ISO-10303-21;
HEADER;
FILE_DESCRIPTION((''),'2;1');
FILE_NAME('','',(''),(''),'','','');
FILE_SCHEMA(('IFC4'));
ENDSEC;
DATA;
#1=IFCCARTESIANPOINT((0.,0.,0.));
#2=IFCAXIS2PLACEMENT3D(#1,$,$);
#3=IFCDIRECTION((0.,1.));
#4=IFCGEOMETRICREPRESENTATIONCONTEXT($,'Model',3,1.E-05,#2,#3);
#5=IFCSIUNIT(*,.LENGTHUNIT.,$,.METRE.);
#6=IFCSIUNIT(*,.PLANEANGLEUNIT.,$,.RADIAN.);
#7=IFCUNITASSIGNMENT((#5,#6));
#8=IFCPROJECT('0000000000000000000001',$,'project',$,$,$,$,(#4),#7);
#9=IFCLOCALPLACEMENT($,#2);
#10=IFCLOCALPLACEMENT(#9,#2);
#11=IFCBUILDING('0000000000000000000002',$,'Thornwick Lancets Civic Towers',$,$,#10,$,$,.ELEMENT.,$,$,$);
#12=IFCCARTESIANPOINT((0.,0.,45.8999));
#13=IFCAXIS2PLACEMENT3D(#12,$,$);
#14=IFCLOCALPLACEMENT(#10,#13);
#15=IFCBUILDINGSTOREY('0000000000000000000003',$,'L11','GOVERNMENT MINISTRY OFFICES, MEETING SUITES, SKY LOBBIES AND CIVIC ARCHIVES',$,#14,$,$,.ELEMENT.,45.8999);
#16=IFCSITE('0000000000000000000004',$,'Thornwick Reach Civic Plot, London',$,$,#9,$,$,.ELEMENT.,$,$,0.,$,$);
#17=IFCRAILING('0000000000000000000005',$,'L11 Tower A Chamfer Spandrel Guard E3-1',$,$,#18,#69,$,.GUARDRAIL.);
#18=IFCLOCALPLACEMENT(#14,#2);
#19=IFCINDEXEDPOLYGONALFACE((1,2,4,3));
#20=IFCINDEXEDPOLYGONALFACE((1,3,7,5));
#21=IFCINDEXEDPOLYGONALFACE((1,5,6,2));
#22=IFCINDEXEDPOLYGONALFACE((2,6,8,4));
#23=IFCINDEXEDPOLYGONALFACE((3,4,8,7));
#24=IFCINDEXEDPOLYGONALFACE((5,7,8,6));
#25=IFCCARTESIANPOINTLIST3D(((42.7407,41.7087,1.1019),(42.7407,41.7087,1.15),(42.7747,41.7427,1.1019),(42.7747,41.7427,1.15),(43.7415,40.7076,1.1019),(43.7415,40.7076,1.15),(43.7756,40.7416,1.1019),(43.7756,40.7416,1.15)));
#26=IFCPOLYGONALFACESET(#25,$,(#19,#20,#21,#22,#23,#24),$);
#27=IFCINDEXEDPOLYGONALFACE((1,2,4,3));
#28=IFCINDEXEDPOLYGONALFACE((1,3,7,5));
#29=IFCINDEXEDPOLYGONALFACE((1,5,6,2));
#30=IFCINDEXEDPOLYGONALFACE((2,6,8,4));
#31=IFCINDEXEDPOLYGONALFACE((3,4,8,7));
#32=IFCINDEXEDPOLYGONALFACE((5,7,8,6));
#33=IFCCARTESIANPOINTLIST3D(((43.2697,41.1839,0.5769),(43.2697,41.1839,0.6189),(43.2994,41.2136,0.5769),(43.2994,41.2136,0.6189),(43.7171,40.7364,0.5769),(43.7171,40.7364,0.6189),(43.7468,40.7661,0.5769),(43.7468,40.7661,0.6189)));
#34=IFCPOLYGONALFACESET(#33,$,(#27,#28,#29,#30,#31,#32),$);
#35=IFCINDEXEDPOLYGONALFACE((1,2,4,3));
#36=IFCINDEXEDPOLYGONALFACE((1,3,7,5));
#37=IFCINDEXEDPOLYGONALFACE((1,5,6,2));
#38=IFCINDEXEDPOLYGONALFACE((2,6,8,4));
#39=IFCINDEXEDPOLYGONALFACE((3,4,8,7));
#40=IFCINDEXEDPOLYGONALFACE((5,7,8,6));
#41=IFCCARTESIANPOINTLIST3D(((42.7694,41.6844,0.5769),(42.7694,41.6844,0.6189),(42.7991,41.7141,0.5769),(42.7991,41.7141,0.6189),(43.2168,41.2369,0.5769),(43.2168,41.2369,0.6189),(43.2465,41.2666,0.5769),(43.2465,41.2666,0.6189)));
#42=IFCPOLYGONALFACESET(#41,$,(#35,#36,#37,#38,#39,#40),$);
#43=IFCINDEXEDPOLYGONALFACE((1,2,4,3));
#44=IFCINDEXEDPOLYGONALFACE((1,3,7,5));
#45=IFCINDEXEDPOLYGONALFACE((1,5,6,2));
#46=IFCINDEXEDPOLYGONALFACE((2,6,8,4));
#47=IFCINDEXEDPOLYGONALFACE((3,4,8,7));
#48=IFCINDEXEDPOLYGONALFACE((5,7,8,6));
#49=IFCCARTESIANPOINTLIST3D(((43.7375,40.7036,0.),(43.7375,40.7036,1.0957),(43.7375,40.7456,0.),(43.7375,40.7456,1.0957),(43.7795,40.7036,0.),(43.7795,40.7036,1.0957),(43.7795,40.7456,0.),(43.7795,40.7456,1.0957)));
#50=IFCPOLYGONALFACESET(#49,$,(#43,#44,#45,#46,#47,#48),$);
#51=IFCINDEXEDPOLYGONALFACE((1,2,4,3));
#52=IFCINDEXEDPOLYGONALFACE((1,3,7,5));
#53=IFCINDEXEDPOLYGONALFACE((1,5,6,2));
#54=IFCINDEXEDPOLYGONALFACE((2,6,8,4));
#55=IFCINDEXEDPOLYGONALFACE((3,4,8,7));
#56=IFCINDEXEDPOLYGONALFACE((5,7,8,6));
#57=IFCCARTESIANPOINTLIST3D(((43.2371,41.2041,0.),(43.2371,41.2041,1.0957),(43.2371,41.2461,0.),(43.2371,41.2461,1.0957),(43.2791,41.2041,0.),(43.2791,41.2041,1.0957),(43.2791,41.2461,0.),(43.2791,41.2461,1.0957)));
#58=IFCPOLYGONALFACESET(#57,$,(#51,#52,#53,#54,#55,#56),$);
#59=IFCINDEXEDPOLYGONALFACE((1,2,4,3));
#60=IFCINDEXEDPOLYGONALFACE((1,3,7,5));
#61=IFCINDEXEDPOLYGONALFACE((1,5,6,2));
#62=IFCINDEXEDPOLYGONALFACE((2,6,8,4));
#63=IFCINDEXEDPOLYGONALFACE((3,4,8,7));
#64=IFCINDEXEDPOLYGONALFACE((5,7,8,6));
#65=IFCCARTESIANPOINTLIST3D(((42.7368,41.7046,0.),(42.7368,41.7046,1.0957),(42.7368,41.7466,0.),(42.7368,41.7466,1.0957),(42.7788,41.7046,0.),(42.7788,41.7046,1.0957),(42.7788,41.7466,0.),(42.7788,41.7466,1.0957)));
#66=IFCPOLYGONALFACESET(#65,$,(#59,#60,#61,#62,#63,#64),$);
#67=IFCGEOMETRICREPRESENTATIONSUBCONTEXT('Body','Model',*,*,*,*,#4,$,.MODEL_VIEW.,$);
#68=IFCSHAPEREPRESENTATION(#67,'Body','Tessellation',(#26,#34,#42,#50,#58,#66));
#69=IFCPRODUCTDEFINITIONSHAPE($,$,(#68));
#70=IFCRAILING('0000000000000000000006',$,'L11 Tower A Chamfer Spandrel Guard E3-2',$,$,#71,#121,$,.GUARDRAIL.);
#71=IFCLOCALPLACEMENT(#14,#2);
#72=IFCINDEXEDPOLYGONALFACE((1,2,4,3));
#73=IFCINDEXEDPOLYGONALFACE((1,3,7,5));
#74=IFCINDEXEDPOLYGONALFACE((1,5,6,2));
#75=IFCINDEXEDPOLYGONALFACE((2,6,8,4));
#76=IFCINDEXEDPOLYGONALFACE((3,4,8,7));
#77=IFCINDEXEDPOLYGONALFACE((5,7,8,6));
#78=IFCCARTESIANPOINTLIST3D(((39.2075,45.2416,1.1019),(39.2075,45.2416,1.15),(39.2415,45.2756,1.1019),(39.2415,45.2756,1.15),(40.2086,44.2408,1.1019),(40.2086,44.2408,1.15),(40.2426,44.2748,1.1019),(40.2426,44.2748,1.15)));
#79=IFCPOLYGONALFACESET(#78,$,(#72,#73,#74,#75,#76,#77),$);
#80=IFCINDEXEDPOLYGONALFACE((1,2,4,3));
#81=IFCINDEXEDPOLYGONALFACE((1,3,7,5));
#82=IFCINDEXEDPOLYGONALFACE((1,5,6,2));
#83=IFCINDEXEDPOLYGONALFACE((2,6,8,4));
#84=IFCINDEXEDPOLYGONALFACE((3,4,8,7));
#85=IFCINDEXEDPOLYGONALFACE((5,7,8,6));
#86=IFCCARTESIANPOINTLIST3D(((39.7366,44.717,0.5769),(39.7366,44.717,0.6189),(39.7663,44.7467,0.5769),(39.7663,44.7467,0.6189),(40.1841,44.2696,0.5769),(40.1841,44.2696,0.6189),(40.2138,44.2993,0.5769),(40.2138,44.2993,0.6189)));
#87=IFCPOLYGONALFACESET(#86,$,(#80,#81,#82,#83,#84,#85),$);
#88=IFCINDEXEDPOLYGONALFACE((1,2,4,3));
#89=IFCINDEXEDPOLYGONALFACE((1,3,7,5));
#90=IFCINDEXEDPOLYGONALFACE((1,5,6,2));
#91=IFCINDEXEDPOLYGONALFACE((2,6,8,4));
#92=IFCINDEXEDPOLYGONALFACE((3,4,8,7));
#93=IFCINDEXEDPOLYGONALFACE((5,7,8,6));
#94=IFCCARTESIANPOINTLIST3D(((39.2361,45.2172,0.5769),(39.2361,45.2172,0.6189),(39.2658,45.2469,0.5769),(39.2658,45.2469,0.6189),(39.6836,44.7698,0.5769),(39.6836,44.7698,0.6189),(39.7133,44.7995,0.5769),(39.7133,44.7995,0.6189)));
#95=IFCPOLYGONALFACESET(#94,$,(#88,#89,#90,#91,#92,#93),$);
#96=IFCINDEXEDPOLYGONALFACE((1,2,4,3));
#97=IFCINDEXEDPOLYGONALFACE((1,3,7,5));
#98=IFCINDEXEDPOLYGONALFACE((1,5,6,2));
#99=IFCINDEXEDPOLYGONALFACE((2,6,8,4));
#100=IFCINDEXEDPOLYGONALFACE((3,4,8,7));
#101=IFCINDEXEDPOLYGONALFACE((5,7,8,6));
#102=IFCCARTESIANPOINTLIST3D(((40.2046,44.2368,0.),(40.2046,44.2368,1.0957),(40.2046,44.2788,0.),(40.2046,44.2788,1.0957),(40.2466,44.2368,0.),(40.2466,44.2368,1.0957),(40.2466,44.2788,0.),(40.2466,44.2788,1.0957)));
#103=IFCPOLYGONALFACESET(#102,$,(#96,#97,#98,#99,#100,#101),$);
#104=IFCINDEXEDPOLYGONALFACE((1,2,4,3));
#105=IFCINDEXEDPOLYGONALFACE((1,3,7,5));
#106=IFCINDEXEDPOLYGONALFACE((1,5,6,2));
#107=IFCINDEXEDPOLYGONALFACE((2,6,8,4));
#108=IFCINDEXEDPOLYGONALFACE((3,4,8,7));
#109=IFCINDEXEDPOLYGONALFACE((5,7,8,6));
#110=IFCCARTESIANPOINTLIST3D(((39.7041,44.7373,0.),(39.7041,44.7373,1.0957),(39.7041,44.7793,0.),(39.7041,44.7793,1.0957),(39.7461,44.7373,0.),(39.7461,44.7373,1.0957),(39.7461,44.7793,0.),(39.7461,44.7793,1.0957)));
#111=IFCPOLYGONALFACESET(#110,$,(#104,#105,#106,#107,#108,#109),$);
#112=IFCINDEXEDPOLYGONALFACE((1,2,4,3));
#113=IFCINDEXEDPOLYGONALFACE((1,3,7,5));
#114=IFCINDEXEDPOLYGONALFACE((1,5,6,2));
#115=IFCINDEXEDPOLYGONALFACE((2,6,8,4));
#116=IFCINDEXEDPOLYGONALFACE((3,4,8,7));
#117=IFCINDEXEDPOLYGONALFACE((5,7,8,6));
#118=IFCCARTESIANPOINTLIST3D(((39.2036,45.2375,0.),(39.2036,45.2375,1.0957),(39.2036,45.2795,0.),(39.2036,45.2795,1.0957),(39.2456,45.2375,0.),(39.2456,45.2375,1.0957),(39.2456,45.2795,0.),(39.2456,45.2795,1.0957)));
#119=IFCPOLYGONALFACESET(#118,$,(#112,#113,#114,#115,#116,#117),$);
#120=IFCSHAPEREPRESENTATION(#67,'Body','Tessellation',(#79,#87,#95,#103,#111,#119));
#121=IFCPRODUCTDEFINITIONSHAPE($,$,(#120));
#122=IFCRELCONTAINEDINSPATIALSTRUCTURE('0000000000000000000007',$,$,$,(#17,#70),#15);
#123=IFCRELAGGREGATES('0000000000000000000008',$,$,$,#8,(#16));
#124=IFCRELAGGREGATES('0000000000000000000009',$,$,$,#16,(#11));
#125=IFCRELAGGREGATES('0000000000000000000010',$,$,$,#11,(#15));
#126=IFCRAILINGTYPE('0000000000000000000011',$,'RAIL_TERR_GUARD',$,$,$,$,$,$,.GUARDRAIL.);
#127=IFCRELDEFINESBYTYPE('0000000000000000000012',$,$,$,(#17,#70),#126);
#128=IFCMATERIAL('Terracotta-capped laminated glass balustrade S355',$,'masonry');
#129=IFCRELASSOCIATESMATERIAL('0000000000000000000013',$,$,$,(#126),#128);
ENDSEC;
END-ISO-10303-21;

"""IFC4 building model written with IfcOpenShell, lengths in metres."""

from ifc_helpers import new_model, si_unit, direction, frame, origin, origin_2d, place, context, subcontext, project, spatial, rectangle, extrude, material, type_object, element, save


model = new_model("IFC4")

# Units and contexts
model_context = context("Model", 3, precision=1e-05, world=origin(), true_north=direction((0.0, 1.0)))
body_context = subcontext(model_context, "Body", "Model", "MODEL_VIEW")
ifc_project = project(units=[si_unit("LENGTHUNIT", "METRE"), si_unit("PLANEANGLEUNIT", "RADIAN")], contexts=[model_context])

# Site, building, storey
site_placement = place(None, origin())
site = spatial("IfcSite", under=ifc_project, at=site_placement, Name="Thornwick Reach Civic Plot, London", CompositionType="ELEMENT", RefElevation=0.0)
building_placement = place(site_placement, origin())
building = spatial("IfcBuilding", under=site, at=building_placement, Name="Thornwick Lancets Civic Towers", CompositionType="ELEMENT")
storey_placement = place(building_placement, frame((0.0, 0.0, 45.8999)))
storey = spatial("IfcBuildingStorey", under=building, at=storey_placement, Name="L11", Description="GOVERNMENT MINISTRY OFFICES, MEETING SUITES, SKY LOBBIES AND CIVIC ARCHIVES", CompositionType="ELEMENT", Elevation=45.8999)

# Railings
ifc_material_1 = material(Name="Terracotta-capped laminated glass balustrade S355", Category="masonry")
railing_type = type_object("IfcRailingType", Name="RAIL_TERR_GUARD", PredefinedType="GUARDRAIL", material=ifc_material_1)
railing_1_placement = place(storey_placement, frame((43.7585, 40.7246, 0.0)))
element("IfcRailing", 1, at=railing_1_placement, inside=storey, type_object=railing_type, Name="L11 Tower A Chamfer Spandrel Guard E3-1", PredefinedType="GUARDRAIL", context=body_context, shape_type="SweptSolid", body=[
    extrude(rectangle(XDim=0.0481, YDim=0.0481, at=origin_2d()), frame((0.0, 0.0, 1.126), z_axis=(-0.707021, 0.707193, 0.0), x_axis=(-0.707193, -0.707021, 0.0)), (0.0, 0.0, 1.0), 1.4155),
    extrude(rectangle(XDim=0.042, YDim=0.042, at=origin_2d()), frame((-0.0266, 0.0266, 0.5979), z_axis=(-0.707021, 0.707193, 0.0), x_axis=(-0.707193, -0.707021, 0.0)), (0.0, 0.0, 1.0), 0.6328),
    extrude(rectangle(XDim=0.042, YDim=0.042, at=origin_2d()), frame((-0.5269, 0.5271, 0.5979), z_axis=(-0.707021, 0.707193, 0.0), x_axis=(-0.707193, -0.707021, 0.0)), (0.0, 0.0, 1.0), 0.6328),
    extrude(rectangle(XDim=0.042, YDim=0.042, at=origin_2d()), origin(), (0.0, 0.0, 1.0), 1.0957),
    extrude(rectangle(XDim=0.042, YDim=0.042, at=origin_2d()), frame((-0.5005, 0.5005, 0.0)), (0.0, 0.0, 1.0), 1.0957),
    extrude(rectangle(XDim=0.042, YDim=0.042, at=origin_2d()), frame((-1.0007, 1.001, 0.0)), (0.0, 0.0, 1.0), 1.0957),
])
railing_2_placement = place(storey_placement, frame((40.2256, 44.2578, 0.0)))
element("IfcRailing", 2, at=railing_2_placement, inside=storey, type_object=railing_type, Name="L11 Tower A Chamfer Spandrel Guard E3-2", PredefinedType="GUARDRAIL", context=body_context, shape_type="SweptSolid", body=[
    extrude(rectangle(XDim=0.0481, YDim=0.0481, at=origin_2d()), frame((0.0, 0.0, 1.126), z_axis=(-0.707193, 0.707021, 0.0), x_axis=(-0.707021, -0.707193, 0.0)), (0.0, 0.0, 1.0), 1.4155),
    extrude(rectangle(XDim=0.042, YDim=0.042, at=origin_2d()), frame((-0.0266, 0.0266, 0.5979), z_axis=(-0.707193, 0.707021, 0.0), x_axis=(-0.707021, -0.707193, 0.0)), (0.0, 0.0, 1.0), 0.6328),
    extrude(rectangle(XDim=0.042, YDim=0.042, at=origin_2d()), frame((-0.5271, 0.5269, 0.5979), z_axis=(-0.707193, 0.707021, 0.0), x_axis=(-0.707021, -0.707193, 0.0)), (0.0, 0.0, 1.0), 0.6328),
    extrude(rectangle(XDim=0.042, YDim=0.042, at=origin_2d()), origin(), (0.0, 0.0, 1.0), 1.0957),
    extrude(rectangle(XDim=0.042, YDim=0.042, at=origin_2d()), frame((-0.5005, 0.5005, 0.0)), (0.0, 0.0, 1.0), 1.0957),
    extrude(rectangle(XDim=0.042, YDim=0.042, at=origin_2d()), frame((-1.001, 1.0007, 0.0)), (0.0, 0.0, 1.0), 1.0957),
])

save(model, "model.ifc")
